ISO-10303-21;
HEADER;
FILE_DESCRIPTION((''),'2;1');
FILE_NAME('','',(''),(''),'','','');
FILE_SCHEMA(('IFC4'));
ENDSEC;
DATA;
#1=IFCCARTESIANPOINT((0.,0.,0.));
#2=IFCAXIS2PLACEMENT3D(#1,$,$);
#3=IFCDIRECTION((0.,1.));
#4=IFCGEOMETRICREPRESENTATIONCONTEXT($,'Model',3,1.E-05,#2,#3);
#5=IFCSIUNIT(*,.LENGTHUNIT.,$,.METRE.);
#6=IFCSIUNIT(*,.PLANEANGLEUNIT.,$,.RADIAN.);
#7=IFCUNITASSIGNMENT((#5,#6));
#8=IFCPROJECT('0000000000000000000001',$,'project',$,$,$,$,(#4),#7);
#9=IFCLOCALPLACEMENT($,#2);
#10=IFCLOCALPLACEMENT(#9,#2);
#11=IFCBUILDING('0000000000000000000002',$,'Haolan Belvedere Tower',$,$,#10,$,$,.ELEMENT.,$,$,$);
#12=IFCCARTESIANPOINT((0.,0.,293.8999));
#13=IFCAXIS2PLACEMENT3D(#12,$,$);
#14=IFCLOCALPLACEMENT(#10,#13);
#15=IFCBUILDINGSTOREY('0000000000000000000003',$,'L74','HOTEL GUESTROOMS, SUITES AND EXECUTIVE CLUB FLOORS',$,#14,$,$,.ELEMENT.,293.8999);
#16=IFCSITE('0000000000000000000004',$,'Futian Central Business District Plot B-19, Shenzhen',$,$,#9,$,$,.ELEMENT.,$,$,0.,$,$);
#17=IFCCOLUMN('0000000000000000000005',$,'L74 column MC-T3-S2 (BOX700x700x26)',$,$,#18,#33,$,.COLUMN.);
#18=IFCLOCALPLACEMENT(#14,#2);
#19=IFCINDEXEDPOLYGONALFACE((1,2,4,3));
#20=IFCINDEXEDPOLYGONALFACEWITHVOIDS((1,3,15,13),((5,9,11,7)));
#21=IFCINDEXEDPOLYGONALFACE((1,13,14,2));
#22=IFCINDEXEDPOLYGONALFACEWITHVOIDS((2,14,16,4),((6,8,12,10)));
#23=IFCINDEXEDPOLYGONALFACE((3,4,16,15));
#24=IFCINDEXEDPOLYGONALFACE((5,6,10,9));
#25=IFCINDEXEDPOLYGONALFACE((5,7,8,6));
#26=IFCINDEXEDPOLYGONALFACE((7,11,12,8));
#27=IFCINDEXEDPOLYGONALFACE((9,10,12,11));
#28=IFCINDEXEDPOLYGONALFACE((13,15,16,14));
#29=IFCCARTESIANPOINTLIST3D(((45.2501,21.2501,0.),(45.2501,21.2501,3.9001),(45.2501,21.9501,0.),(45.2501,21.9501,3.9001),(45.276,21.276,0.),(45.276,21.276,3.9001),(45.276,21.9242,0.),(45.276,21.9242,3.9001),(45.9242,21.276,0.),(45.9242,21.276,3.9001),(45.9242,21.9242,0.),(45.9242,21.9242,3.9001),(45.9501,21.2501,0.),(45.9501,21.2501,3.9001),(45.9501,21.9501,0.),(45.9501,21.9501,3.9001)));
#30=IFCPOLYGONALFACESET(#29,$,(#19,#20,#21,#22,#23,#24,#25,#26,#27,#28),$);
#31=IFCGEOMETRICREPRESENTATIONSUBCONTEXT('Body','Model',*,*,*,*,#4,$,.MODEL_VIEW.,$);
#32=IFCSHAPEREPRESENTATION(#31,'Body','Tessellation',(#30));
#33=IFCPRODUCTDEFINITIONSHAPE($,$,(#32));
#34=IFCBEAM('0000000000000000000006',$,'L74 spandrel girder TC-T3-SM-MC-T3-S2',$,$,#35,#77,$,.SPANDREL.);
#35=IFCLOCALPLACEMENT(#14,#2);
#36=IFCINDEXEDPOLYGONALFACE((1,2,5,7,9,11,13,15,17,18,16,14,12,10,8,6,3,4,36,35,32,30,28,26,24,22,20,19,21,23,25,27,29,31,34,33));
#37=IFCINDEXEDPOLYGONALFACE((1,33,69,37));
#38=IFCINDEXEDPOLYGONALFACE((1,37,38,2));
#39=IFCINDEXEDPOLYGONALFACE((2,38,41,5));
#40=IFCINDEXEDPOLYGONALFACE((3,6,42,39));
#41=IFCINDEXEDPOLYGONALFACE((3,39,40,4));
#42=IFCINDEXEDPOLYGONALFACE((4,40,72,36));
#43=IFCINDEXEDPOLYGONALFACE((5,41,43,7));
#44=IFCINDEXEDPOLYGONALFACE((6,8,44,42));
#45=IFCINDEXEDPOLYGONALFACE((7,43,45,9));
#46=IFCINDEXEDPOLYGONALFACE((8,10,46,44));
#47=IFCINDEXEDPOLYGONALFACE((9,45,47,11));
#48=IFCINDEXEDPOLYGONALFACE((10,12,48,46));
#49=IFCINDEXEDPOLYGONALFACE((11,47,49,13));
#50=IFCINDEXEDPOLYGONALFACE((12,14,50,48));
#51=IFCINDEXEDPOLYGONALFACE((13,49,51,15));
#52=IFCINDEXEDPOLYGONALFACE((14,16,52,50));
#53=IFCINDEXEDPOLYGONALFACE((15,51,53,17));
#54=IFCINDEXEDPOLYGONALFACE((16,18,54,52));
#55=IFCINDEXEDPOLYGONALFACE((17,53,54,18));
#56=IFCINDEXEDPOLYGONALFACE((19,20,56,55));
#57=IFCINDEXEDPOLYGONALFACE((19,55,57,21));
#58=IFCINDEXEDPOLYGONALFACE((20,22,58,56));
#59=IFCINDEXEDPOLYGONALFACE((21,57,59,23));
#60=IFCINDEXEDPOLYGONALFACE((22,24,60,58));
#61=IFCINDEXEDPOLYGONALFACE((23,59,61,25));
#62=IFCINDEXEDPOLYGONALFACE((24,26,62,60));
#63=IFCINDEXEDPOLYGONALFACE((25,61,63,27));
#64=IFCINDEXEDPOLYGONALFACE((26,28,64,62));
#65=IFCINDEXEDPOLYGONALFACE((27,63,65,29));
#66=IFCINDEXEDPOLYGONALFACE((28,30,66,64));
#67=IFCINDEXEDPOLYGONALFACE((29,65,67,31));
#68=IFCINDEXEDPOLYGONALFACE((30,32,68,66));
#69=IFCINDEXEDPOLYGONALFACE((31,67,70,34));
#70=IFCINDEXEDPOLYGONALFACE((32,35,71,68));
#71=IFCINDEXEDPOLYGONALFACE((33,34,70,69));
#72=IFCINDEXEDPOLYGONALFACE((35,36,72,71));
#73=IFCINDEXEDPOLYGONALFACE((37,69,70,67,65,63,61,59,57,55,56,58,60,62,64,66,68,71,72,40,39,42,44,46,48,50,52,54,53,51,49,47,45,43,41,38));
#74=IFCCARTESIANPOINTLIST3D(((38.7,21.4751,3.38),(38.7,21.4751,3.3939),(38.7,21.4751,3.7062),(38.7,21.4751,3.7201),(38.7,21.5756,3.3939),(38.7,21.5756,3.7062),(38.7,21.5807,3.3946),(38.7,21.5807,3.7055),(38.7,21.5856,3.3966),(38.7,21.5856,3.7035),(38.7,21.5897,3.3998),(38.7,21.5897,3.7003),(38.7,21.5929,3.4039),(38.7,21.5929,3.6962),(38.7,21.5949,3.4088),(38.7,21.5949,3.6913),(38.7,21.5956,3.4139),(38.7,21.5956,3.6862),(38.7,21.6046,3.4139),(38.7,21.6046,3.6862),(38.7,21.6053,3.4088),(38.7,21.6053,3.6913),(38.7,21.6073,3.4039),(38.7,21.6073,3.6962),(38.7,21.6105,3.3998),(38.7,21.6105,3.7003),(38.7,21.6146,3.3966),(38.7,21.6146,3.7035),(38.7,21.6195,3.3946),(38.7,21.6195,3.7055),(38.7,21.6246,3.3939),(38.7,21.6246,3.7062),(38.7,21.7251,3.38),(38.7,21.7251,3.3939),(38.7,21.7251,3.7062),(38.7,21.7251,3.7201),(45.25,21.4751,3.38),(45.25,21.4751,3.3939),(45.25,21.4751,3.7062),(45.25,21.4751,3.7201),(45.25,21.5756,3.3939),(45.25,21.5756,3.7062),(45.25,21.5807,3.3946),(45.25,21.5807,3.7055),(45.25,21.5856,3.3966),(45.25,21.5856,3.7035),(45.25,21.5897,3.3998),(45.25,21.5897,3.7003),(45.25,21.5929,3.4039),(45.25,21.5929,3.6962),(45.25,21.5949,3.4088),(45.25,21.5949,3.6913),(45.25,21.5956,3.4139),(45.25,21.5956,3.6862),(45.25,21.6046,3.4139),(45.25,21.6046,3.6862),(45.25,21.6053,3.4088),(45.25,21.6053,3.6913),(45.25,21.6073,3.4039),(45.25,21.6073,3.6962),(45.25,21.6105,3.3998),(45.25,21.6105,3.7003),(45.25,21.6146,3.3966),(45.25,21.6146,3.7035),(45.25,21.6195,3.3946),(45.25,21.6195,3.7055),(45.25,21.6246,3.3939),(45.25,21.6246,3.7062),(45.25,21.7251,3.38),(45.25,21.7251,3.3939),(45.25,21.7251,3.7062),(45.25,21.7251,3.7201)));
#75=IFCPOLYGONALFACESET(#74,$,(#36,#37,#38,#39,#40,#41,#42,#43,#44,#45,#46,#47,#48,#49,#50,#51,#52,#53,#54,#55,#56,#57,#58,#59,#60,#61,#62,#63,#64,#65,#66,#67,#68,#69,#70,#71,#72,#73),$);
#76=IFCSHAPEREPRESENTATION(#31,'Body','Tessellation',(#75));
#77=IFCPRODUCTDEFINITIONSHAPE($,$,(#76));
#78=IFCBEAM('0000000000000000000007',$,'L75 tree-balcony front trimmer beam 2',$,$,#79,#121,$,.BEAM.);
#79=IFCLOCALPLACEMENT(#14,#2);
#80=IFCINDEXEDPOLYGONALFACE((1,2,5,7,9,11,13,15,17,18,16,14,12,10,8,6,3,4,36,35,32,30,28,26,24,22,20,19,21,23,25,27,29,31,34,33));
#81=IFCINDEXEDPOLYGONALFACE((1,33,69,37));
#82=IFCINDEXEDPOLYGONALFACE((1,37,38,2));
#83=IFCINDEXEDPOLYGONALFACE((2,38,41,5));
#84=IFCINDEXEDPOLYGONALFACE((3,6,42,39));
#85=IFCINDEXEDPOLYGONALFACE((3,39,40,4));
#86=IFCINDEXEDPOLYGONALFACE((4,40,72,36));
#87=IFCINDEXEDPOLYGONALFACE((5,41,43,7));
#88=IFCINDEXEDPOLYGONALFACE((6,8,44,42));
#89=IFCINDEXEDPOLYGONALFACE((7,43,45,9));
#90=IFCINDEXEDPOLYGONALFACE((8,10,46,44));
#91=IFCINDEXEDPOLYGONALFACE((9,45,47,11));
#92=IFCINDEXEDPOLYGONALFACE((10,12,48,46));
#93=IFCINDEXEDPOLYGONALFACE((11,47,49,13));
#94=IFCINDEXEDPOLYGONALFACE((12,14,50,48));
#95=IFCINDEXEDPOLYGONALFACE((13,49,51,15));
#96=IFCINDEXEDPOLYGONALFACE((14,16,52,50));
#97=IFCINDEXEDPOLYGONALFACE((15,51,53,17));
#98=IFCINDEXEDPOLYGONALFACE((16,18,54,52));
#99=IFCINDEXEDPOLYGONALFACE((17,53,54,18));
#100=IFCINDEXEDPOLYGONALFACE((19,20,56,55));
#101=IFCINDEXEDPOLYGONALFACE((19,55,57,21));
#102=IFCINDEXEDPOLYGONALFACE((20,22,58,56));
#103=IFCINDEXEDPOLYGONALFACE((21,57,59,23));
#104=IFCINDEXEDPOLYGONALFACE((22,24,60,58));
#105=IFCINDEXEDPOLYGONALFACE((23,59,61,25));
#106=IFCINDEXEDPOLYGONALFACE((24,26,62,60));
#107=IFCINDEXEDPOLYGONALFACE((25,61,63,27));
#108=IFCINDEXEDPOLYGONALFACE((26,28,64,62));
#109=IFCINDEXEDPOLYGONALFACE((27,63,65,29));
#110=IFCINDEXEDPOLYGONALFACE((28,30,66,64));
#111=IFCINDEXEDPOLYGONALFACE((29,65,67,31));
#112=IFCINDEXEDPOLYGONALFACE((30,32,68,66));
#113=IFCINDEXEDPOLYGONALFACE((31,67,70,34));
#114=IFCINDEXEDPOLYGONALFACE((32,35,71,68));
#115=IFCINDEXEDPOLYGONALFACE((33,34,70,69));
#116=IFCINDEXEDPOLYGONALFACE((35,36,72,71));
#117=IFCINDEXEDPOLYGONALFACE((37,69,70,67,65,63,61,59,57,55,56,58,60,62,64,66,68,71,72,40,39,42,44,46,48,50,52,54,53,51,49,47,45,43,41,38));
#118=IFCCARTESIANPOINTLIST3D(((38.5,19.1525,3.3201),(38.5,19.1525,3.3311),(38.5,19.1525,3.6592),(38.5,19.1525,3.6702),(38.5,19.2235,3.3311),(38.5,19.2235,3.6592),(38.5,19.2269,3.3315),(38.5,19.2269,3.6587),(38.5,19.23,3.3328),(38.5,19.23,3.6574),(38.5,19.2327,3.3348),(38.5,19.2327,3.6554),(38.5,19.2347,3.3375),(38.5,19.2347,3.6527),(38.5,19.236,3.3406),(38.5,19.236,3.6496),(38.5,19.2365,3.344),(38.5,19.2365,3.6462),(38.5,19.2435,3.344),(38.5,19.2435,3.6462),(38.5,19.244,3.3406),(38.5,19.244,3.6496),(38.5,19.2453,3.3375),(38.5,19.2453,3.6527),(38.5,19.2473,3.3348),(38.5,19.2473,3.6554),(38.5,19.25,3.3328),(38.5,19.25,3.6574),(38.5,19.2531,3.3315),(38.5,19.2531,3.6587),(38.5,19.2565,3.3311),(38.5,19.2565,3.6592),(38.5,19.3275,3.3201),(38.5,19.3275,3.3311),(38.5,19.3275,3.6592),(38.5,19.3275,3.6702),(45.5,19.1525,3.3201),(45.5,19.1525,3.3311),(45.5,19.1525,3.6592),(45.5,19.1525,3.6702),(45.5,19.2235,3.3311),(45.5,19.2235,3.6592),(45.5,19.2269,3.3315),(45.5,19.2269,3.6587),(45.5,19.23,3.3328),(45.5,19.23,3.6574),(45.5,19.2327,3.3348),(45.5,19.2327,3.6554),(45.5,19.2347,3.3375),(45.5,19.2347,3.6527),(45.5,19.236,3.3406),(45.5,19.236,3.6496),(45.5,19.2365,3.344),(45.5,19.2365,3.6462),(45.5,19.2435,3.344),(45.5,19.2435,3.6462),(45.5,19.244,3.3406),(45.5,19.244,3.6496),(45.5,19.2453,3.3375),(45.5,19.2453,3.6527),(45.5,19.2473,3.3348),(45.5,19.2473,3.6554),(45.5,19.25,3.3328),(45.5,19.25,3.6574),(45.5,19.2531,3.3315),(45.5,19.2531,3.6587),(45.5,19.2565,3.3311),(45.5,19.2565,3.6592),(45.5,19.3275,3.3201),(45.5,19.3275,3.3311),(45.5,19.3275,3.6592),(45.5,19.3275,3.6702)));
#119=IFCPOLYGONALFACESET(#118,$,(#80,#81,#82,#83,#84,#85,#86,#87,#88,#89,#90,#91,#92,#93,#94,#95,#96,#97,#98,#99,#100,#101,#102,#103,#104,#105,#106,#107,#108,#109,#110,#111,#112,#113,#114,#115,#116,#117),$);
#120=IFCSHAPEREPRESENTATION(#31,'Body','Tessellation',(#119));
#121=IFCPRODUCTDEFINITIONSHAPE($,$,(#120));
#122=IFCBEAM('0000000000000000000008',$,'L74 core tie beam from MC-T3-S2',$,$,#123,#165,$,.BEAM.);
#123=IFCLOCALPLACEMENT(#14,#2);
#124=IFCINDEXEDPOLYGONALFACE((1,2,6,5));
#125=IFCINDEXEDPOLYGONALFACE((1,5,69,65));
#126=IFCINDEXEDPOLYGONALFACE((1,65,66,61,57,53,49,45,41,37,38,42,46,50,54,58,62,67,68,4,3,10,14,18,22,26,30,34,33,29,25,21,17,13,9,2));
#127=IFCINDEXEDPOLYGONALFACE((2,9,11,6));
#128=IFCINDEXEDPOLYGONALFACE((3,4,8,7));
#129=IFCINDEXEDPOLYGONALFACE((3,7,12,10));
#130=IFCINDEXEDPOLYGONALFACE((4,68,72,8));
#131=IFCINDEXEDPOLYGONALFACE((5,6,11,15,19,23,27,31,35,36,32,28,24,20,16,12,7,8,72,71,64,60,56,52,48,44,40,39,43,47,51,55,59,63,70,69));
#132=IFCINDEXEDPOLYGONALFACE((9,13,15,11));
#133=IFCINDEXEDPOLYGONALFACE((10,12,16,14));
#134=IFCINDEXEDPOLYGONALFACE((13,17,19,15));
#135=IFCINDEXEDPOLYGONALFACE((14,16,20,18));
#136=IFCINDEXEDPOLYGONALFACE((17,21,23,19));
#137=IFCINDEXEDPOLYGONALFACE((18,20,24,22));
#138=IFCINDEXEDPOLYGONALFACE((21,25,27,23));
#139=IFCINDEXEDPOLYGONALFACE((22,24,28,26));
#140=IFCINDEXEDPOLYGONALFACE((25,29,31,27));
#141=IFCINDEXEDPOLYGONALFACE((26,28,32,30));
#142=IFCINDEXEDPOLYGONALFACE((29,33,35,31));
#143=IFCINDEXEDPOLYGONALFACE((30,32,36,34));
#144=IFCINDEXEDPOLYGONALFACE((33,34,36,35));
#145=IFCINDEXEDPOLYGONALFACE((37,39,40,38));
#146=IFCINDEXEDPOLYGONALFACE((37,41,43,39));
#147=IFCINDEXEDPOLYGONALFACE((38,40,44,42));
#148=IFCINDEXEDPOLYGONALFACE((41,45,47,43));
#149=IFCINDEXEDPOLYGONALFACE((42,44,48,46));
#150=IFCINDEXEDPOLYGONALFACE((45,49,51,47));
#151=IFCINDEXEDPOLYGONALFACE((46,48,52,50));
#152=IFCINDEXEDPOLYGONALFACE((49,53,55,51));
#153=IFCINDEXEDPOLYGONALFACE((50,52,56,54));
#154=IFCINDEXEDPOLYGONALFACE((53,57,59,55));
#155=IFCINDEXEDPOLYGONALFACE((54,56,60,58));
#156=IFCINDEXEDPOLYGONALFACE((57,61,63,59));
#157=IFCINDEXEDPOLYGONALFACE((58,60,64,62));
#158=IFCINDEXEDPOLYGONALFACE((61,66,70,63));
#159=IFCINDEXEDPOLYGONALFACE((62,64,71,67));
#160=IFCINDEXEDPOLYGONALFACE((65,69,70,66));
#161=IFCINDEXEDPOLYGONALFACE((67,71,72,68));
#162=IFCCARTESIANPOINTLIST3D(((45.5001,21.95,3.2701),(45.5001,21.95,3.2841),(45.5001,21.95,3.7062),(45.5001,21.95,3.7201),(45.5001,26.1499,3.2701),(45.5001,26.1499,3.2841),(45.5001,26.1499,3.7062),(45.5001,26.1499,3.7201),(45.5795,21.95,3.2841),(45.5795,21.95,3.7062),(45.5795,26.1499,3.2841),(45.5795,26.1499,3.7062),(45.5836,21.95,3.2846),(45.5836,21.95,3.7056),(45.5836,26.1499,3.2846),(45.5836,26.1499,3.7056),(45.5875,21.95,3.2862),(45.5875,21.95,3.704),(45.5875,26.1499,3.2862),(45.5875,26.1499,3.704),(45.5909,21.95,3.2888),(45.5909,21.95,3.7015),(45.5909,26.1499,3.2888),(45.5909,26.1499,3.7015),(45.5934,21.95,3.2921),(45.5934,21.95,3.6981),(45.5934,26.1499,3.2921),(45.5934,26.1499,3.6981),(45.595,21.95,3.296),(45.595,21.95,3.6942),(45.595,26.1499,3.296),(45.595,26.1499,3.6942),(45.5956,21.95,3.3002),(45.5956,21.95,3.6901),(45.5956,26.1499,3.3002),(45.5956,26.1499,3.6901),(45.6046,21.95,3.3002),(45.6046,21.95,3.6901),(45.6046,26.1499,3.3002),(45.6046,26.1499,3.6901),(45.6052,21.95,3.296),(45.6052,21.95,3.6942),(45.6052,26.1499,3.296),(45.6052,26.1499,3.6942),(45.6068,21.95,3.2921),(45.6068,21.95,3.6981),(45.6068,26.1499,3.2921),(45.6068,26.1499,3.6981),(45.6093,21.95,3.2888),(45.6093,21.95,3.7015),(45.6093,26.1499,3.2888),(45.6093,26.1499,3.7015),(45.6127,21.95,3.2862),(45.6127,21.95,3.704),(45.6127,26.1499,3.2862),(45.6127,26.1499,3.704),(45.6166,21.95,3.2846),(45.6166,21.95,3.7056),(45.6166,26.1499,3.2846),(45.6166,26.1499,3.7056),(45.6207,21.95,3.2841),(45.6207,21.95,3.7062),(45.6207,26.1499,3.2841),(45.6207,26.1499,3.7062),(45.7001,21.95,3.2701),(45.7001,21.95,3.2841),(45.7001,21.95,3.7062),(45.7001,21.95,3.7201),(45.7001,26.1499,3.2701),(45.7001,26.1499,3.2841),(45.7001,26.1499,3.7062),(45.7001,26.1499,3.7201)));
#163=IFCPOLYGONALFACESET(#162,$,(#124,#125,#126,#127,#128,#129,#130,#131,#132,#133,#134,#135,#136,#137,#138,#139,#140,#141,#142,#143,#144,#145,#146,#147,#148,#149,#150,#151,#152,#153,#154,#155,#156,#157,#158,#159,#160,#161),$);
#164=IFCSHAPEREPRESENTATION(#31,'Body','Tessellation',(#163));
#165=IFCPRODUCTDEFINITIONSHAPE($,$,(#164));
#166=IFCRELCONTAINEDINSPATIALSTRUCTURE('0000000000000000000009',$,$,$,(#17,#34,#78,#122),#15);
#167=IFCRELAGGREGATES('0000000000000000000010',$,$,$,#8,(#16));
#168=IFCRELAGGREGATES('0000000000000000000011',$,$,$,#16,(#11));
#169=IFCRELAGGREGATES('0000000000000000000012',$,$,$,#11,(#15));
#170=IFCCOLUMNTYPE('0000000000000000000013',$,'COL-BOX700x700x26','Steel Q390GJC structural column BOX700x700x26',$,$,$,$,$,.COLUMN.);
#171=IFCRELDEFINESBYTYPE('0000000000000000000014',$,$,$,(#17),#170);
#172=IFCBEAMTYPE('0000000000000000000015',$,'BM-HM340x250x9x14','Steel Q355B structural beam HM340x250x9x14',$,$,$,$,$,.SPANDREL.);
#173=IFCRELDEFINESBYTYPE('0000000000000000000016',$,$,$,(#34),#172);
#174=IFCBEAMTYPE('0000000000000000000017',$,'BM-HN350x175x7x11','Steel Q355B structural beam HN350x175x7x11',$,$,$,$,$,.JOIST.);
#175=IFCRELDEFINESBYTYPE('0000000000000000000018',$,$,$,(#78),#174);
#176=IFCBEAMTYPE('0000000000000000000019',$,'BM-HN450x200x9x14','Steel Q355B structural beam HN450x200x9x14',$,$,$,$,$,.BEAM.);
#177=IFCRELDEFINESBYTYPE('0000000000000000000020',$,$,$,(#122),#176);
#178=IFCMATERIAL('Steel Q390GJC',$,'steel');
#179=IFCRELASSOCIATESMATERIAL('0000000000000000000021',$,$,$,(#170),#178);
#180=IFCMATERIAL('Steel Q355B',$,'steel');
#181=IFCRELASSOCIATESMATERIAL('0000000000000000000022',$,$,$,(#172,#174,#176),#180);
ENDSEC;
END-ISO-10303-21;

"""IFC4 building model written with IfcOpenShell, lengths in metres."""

from ifc_helpers import new_model, si_unit, direction, frame, origin, origin_2d, place, context, subcontext, project, spatial, hollow_rectangle, i_section, extrude, material, material_profile, profile_set, type_object, element, save


model = new_model("IFC4")

# Units and contexts
model_context = context("Model", 3, precision=1e-05, world=origin(), true_north=direction((0.0, 1.0)))
body_context = subcontext(model_context, "Body", "Model", "MODEL_VIEW")
ifc_project = project(units=[si_unit("LENGTHUNIT", "METRE"), si_unit("PLANEANGLEUNIT", "RADIAN")], contexts=[model_context])

# Site, building, storey
site_placement = place(None, origin())
site = spatial("IfcSite", under=ifc_project, at=site_placement, Name="Futian Central Business District Plot B-19, Shenzhen", CompositionType="ELEMENT", RefElevation=0.0)
building_placement = place(site_placement, origin())
building = spatial("IfcBuilding", under=site, at=building_placement, Name="Haolan Belvedere Tower", CompositionType="ELEMENT")
storey_placement = place(building_placement, frame((0.0, 0.0, 293.8999)))
storey = spatial("IfcBuildingStorey", under=building, at=storey_placement, Name="L74", Description="HOTEL GUESTROOMS, SUITES AND EXECUTIVE CLUB FLOORS", CompositionType="ELEMENT", Elevation=293.8999)

# Column
ifc_material_1 = material(Name="Steel Q390GJC", Category="steel")
ifc_material_profile_1 = material_profile(ifc_material_1, hollow_rectangle(XDim=0.7, YDim=0.7, WallThickness=0.0259, at=origin_2d()), Name="Steel Q390GJC")
ifc_profile_set_1 = profile_set([ifc_material_profile_1], Name="Steel Q390GJC")
column_type = type_object("IfcColumnType", Name="COL-BOX700x700x26", Description="Steel Q390GJC structural column BOX700x700x26", PredefinedType="COLUMN", material=ifc_profile_set_1)
column_placement = place(storey_placement, frame((45.6001, 21.6001, 0.0), z_axis=(0.0, 0.0, 1.0), x_axis=(1.0, 0.0, 0.0)))
element("IfcColumn", 1, at=column_placement, inside=storey, type_object=column_type, Name="L74 column MC-T3-S2 (BOX700x700x26)", PredefinedType="COLUMN", context=body_context, shape_type="SweptSolid", body=[
    extrude(hollow_rectangle(XDim=0.7, YDim=0.7, WallThickness=0.0259, at=origin_2d()), origin(), (0.0, 0.0, 1.0), 3.9001),
])

# Beams
ifc_material_2 = material(Name="Steel Q355B", Category="steel")
ifc_material_profile_2 = material_profile(ifc_material_2, i_section(OverallWidth=0.25, OverallDepth=0.3401, WebThickness=0.009, FlangeThickness=0.0139, FilletRadius=0.02, at=origin_2d()), Name="Steel Q355B")
ifc_profile_set_2 = profile_set([ifc_material_profile_2], Name="Steel Q355B")
beam_type_1 = type_object("IfcBeamType", Name="BM-HM340x250x9x14", Description="Steel Q355B structural beam HM340x250x9x14", PredefinedType="SPANDREL", material=ifc_profile_set_2)
beam_1_placement = place(storey_placement, frame((38.7, 21.6001, 3.55), z_axis=(1.0, 0.0, 0.0), x_axis=(0.0, 1.0, 0.0)))
element("IfcBeam", 2, at=beam_1_placement, inside=storey, type_object=beam_type_1, Name="L74 spandrel girder TC-T3-SM-MC-T3-S2", PredefinedType="SPANDREL", context=body_context, shape_type="SweptSolid", body=[
    extrude(i_section(OverallWidth=0.25, OverallDepth=0.3401, WebThickness=0.009, FlangeThickness=0.0139, FilletRadius=0.02, at=origin_2d()), origin(), (0.0, 0.0, 1.0), 6.55),
])
ifc_material_profile_3 = material_profile(ifc_material_2, i_section(OverallWidth=0.175, OverallDepth=0.3501, WebThickness=0.0071, FlangeThickness=0.011, FilletRadius=0.0129, at=origin_2d()), Name="Steel Q355B")
ifc_profile_set_3 = profile_set([ifc_material_profile_3], Name="Steel Q355B")
beam_type_2 = type_object("IfcBeamType", Name="BM-HN350x175x7x11", Description="Steel Q355B structural beam HN350x175x7x11", PredefinedType="JOIST", material=ifc_profile_set_3)
beam_2_placement = place(storey_placement, frame((38.5, 19.24, 3.4951), z_axis=(1.0, 0.0, 0.0), x_axis=(0.0, 1.0, 0.0)))
element("IfcBeam", 3, at=beam_2_placement, inside=storey, type_object=beam_type_2, Name="L75 tree-balcony front trimmer beam 2", PredefinedType="BEAM", context=body_context, shape_type="SweptSolid", body=[
    extrude(i_section(OverallWidth=0.175, OverallDepth=0.3501, WebThickness=0.0071, FlangeThickness=0.011, FilletRadius=0.0129, at=origin_2d()), origin(), (0.0, 0.0, 1.0), 7.0),
])
ifc_material_profile_4 = material_profile(ifc_material_2, i_section(OverallWidth=0.2, OverallDepth=0.45, WebThickness=0.009, FlangeThickness=0.0139, FilletRadius=0.0161, at=origin_2d()), Name="Steel Q355B")
ifc_profile_set_4 = profile_set([ifc_material_profile_4], Name="Steel Q355B")
beam_type_3 = type_object("IfcBeamType", Name="BM-HN450x200x9x14", Description="Steel Q355B structural beam HN450x200x9x14", PredefinedType="BEAM", material=ifc_profile_set_4)
beam_3_placement = place(storey_placement, frame((45.6001, 21.95, 3.4951), z_axis=(0.0, 1.0, 0.0), x_axis=(-1.0, 0.0, 0.0)))
element("IfcBeam", 4, at=beam_3_placement, inside=storey, type_object=beam_type_3, Name="L74 core tie beam from MC-T3-S2", PredefinedType="BEAM", context=body_context, shape_type="SweptSolid", body=[
    extrude(i_section(OverallWidth=0.2, OverallDepth=0.45, WebThickness=0.009, FlangeThickness=0.0139, FilletRadius=0.0161, at=origin_2d()), origin(), (0.0, 0.0, 1.0), 4.2),
])

save(model, "model.ifc")
